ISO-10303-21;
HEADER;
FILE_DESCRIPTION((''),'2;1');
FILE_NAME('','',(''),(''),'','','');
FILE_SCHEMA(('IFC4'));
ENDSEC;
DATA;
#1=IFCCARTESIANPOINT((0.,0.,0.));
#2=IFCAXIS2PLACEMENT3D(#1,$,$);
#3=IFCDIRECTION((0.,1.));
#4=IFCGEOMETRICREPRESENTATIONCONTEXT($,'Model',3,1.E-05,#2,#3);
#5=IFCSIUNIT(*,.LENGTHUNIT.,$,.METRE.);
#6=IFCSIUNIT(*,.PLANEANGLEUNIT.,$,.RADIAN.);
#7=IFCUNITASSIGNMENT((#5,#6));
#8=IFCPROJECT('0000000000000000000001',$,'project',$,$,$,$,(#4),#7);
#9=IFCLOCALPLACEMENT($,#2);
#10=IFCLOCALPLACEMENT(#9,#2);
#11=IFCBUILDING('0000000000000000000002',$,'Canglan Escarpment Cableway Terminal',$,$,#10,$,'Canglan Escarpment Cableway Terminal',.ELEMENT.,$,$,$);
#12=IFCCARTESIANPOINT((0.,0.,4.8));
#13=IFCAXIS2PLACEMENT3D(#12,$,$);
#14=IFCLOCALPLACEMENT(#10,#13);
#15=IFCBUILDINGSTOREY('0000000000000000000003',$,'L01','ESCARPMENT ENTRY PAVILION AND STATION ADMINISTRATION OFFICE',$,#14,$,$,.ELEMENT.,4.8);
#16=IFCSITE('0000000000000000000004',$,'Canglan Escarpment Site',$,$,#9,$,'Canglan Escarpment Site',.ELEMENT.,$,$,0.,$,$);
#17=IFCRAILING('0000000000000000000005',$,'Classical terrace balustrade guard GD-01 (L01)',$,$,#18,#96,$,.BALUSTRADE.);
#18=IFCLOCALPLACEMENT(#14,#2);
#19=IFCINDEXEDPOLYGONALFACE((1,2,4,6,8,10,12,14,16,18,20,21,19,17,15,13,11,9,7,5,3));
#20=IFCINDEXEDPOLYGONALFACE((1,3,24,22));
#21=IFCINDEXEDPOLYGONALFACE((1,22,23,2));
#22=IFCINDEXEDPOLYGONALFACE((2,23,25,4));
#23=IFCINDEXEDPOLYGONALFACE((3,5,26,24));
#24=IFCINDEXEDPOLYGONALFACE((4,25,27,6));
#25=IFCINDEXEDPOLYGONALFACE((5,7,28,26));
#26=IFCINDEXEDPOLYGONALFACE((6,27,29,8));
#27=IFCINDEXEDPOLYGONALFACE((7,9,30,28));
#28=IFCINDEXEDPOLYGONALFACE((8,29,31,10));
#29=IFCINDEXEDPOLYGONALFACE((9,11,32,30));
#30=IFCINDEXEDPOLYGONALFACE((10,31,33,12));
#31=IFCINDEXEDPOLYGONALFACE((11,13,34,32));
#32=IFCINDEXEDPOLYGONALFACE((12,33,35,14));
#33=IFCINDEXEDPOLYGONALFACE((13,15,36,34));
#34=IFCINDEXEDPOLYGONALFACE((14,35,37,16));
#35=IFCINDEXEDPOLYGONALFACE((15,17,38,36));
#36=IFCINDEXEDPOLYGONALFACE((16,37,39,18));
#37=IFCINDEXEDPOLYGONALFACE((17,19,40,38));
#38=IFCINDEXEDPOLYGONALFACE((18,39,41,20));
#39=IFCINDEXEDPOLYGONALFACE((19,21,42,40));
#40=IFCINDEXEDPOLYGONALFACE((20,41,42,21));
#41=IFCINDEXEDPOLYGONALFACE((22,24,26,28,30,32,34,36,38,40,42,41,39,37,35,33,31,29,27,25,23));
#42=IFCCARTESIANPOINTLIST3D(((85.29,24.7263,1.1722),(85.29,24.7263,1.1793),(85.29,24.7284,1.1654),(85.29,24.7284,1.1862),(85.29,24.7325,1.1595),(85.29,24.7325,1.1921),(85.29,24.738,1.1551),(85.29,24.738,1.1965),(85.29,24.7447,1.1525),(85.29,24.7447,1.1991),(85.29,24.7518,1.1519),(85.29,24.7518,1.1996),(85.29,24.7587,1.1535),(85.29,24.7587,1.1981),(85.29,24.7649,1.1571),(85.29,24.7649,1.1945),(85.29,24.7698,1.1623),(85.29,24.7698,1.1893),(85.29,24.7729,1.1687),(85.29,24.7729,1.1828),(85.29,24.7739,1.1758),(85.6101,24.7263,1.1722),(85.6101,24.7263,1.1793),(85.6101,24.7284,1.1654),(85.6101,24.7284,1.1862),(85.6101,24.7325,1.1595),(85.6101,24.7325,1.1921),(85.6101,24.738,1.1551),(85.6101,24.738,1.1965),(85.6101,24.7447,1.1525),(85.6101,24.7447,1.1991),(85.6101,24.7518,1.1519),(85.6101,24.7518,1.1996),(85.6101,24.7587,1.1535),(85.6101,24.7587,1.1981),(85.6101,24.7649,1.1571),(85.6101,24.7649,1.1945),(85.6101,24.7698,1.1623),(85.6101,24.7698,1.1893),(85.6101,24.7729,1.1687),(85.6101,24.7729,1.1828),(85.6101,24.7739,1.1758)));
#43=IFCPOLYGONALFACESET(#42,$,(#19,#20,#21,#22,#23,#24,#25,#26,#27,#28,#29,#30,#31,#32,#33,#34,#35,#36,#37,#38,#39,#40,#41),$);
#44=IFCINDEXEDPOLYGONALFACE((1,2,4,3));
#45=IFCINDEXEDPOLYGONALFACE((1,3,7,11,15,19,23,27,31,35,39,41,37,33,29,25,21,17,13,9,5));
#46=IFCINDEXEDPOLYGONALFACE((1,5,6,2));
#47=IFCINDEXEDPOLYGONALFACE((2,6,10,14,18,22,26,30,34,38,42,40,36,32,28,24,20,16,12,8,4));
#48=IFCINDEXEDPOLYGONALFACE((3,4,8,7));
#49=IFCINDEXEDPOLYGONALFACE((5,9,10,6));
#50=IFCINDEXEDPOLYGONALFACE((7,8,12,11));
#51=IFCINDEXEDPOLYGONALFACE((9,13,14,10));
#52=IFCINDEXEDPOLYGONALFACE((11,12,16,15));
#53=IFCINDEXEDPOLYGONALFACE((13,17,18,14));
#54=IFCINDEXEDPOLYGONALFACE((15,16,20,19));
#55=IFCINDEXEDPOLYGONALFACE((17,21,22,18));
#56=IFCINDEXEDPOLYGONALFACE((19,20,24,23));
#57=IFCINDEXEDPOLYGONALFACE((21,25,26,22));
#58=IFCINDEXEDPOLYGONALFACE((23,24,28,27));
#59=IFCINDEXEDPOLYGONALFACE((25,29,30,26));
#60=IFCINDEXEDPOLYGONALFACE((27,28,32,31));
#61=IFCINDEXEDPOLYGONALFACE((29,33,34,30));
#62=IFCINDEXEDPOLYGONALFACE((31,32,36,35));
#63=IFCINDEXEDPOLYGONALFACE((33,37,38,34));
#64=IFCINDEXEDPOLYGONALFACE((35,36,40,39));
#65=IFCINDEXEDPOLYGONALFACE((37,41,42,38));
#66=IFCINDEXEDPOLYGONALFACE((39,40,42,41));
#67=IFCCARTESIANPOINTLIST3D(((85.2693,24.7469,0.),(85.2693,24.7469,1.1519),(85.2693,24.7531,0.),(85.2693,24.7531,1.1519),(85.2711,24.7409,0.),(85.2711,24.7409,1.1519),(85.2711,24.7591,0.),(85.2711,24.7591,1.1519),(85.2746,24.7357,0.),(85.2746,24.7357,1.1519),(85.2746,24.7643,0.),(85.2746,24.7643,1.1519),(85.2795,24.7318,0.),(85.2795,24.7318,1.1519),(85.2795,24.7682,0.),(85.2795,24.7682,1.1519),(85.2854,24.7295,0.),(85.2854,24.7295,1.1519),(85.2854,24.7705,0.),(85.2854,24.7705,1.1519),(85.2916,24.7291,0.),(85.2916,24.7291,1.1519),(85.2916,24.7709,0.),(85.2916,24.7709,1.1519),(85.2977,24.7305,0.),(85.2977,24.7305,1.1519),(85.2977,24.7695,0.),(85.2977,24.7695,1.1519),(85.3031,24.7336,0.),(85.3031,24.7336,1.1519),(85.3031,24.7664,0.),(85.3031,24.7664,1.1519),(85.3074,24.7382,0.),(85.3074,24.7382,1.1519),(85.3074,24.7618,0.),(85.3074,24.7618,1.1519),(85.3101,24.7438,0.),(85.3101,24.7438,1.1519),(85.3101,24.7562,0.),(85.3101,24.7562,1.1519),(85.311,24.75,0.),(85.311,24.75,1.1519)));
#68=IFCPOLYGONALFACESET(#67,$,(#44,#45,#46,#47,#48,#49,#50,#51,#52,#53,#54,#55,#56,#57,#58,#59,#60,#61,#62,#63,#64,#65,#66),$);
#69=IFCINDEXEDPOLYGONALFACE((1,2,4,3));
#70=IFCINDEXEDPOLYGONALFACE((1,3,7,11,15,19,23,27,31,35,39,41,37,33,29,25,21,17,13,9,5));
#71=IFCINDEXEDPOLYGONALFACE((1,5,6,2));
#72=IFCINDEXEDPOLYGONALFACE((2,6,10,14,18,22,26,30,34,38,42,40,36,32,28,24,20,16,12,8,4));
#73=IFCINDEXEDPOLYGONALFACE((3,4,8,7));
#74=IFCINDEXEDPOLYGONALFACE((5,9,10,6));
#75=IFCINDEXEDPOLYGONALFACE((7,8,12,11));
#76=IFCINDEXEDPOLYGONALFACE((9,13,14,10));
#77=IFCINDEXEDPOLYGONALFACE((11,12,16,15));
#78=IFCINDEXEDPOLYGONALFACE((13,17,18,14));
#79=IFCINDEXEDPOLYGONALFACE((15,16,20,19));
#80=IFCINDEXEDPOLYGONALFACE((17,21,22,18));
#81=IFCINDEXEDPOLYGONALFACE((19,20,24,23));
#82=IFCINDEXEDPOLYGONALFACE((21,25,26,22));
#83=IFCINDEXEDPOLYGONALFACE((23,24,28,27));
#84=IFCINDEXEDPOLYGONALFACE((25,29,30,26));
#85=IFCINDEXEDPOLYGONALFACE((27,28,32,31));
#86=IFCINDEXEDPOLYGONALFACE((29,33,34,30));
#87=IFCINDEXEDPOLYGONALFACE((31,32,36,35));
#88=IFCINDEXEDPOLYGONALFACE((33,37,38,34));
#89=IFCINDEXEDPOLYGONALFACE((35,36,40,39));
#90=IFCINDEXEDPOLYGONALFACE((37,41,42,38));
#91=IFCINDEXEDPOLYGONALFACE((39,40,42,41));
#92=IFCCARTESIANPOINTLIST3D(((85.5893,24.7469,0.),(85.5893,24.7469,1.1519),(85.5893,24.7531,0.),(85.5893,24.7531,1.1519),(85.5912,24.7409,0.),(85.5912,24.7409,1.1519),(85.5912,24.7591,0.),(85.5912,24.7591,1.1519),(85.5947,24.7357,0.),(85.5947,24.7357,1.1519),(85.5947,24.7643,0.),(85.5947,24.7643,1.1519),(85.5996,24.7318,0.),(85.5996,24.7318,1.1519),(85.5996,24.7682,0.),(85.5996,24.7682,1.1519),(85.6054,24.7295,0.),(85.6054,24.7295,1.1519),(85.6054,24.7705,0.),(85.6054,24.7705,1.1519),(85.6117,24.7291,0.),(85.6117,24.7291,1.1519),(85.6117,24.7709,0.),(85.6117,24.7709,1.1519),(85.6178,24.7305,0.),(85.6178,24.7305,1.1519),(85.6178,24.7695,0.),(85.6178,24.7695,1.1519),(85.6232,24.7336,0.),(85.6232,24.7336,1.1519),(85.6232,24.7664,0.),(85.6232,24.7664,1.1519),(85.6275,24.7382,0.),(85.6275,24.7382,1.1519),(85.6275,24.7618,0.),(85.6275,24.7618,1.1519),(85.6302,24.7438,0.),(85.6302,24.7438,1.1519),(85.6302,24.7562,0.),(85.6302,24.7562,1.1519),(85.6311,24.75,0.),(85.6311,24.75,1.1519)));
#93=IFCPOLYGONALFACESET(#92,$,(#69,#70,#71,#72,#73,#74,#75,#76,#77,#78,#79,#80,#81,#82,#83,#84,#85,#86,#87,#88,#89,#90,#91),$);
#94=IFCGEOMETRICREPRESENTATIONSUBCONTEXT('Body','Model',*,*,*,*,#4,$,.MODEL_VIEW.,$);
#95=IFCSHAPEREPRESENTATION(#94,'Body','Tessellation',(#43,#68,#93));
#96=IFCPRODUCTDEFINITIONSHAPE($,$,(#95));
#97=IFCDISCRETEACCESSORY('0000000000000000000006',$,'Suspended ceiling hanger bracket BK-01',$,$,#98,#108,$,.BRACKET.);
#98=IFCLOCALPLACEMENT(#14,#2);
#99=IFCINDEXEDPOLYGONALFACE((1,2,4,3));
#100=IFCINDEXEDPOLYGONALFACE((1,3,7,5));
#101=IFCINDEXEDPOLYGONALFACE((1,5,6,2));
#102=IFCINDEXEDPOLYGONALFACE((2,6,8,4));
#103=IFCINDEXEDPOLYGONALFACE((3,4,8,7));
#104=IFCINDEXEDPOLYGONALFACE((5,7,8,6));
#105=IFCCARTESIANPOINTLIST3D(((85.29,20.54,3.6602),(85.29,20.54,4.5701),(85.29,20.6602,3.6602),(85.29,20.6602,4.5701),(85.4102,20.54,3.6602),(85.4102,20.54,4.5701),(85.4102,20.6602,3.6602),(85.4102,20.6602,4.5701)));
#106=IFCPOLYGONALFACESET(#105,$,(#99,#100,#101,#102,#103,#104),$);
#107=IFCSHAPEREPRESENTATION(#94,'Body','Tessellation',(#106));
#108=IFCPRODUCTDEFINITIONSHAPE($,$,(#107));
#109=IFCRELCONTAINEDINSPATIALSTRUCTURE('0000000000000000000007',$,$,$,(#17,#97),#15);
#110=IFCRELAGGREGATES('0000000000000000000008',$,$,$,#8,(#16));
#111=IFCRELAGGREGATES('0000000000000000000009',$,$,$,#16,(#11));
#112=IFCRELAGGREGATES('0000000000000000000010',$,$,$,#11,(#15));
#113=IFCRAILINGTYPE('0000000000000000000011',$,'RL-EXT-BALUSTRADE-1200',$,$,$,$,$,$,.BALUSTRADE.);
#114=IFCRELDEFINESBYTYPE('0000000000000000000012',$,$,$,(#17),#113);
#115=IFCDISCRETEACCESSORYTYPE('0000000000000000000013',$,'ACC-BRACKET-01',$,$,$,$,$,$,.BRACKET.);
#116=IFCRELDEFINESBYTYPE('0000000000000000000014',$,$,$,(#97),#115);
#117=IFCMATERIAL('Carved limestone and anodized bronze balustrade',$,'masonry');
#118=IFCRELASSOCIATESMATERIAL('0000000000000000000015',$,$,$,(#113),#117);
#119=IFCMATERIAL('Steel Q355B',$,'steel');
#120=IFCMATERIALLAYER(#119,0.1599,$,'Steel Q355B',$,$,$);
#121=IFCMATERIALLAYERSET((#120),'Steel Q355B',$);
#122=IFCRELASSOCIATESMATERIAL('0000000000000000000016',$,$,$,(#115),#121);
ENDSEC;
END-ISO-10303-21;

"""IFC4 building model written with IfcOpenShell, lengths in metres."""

from ifc_helpers import new_model, si_unit, direction, frame, origin, origin_2d, place, context, subcontext, project, spatial, rectangle, circle, extrude, material, layer, layer_set, type_object, element, save


model = new_model("IFC4")

# Units and contexts
model_context = context("Model", 3, precision=1e-05, world=origin(), true_north=direction((0.0, 1.0)))
body_context = subcontext(model_context, "Body", "Model", "MODEL_VIEW")
ifc_project = project(units=[si_unit("LENGTHUNIT", "METRE"), si_unit("PLANEANGLEUNIT", "RADIAN")], contexts=[model_context])

# Site, building, storey
site_placement = place(None, origin())
site = spatial("IfcSite", under=ifc_project, at=site_placement, Name="Canglan Escarpment Site", LongName="Canglan Escarpment Site", CompositionType="ELEMENT", RefElevation=0.0)
building_placement = place(site_placement, origin())
building = spatial("IfcBuilding", under=site, at=building_placement, Name="Canglan Escarpment Cableway Terminal", LongName="Canglan Escarpment Cableway Terminal", CompositionType="ELEMENT")
storey_placement = place(building_placement, frame((0.0, 0.0, 4.8)))
storey = spatial("IfcBuildingStorey", under=building, at=storey_placement, Name="L01", Description="ESCARPMENT ENTRY PAVILION AND STATION ADMINISTRATION OFFICE", CompositionType="ELEMENT", Elevation=4.8)

# Railing
ifc_material_1 = material(Name="Carved limestone and anodized bronze balustrade", Category="masonry")
railing_type = type_object("IfcRailingType", Name="RL-EXT-BALUSTRADE-1200", PredefinedType="BALUSTRADE", material=ifc_material_1)
railing_placement = place(storey_placement, frame((85.29, 24.75, 0.0)))
element("IfcRailing", 1, at=railing_placement, inside=storey, type_object=railing_type, Name="Classical terrace balustrade guard GD-01 (L01)", PredefinedType="BALUSTRADE", context=body_context, shape_type="SweptSolid", body=[
    extrude(circle(Radius=0.0239, at=origin_2d()), frame((0.0, 0.0, 1.1758), z_axis=(1.0, 0.0, 0.0), x_axis=(0.0, 1.0, 0.0)), (0.0, 0.0, 1.0), 0.3201),
    extrude(circle(Radius=0.021, at=origin_2d()), origin(), (0.0, 0.0, 1.0), 1.1519),
    extrude(circle(Radius=0.021, at=origin_2d()), frame((0.3201, 0.0, 0.0)), (0.0, 0.0, 1.0), 1.1519),
])

# Discrete accessory
ifc_material_2 = material(Name="Steel Q355B", Category="steel")
ifc_layer_1 = layer(ifc_material_2, 0.1599, Name="Steel Q355B")
ifc_layer_set_1 = layer_set([ifc_layer_1], Name="Steel Q355B")
discrete_accessory_type = type_object("IfcDiscreteAccessoryType", Name="ACC-BRACKET-01", PredefinedType="BRACKET", material=ifc_layer_set_1)
discrete_accessory_placement = place(storey_placement, frame((85.3501, 20.6001, 3.6602), z_axis=(0.0, 0.0, 1.0), x_axis=(1.0, 0.0, 0.0)))
element("IfcDiscreteAccessory", 2, at=discrete_accessory_placement, inside=storey, type_object=discrete_accessory_type, Name="Suspended ceiling hanger bracket BK-01", PredefinedType="BRACKET", context=body_context, shape_type="SweptSolid", body=[
    extrude(rectangle(XDim=0.1201, YDim=0.1201, at=origin_2d()), origin(), (0.0, 0.0, 1.0), 0.9099),
])

save(model, "model.ifc")
